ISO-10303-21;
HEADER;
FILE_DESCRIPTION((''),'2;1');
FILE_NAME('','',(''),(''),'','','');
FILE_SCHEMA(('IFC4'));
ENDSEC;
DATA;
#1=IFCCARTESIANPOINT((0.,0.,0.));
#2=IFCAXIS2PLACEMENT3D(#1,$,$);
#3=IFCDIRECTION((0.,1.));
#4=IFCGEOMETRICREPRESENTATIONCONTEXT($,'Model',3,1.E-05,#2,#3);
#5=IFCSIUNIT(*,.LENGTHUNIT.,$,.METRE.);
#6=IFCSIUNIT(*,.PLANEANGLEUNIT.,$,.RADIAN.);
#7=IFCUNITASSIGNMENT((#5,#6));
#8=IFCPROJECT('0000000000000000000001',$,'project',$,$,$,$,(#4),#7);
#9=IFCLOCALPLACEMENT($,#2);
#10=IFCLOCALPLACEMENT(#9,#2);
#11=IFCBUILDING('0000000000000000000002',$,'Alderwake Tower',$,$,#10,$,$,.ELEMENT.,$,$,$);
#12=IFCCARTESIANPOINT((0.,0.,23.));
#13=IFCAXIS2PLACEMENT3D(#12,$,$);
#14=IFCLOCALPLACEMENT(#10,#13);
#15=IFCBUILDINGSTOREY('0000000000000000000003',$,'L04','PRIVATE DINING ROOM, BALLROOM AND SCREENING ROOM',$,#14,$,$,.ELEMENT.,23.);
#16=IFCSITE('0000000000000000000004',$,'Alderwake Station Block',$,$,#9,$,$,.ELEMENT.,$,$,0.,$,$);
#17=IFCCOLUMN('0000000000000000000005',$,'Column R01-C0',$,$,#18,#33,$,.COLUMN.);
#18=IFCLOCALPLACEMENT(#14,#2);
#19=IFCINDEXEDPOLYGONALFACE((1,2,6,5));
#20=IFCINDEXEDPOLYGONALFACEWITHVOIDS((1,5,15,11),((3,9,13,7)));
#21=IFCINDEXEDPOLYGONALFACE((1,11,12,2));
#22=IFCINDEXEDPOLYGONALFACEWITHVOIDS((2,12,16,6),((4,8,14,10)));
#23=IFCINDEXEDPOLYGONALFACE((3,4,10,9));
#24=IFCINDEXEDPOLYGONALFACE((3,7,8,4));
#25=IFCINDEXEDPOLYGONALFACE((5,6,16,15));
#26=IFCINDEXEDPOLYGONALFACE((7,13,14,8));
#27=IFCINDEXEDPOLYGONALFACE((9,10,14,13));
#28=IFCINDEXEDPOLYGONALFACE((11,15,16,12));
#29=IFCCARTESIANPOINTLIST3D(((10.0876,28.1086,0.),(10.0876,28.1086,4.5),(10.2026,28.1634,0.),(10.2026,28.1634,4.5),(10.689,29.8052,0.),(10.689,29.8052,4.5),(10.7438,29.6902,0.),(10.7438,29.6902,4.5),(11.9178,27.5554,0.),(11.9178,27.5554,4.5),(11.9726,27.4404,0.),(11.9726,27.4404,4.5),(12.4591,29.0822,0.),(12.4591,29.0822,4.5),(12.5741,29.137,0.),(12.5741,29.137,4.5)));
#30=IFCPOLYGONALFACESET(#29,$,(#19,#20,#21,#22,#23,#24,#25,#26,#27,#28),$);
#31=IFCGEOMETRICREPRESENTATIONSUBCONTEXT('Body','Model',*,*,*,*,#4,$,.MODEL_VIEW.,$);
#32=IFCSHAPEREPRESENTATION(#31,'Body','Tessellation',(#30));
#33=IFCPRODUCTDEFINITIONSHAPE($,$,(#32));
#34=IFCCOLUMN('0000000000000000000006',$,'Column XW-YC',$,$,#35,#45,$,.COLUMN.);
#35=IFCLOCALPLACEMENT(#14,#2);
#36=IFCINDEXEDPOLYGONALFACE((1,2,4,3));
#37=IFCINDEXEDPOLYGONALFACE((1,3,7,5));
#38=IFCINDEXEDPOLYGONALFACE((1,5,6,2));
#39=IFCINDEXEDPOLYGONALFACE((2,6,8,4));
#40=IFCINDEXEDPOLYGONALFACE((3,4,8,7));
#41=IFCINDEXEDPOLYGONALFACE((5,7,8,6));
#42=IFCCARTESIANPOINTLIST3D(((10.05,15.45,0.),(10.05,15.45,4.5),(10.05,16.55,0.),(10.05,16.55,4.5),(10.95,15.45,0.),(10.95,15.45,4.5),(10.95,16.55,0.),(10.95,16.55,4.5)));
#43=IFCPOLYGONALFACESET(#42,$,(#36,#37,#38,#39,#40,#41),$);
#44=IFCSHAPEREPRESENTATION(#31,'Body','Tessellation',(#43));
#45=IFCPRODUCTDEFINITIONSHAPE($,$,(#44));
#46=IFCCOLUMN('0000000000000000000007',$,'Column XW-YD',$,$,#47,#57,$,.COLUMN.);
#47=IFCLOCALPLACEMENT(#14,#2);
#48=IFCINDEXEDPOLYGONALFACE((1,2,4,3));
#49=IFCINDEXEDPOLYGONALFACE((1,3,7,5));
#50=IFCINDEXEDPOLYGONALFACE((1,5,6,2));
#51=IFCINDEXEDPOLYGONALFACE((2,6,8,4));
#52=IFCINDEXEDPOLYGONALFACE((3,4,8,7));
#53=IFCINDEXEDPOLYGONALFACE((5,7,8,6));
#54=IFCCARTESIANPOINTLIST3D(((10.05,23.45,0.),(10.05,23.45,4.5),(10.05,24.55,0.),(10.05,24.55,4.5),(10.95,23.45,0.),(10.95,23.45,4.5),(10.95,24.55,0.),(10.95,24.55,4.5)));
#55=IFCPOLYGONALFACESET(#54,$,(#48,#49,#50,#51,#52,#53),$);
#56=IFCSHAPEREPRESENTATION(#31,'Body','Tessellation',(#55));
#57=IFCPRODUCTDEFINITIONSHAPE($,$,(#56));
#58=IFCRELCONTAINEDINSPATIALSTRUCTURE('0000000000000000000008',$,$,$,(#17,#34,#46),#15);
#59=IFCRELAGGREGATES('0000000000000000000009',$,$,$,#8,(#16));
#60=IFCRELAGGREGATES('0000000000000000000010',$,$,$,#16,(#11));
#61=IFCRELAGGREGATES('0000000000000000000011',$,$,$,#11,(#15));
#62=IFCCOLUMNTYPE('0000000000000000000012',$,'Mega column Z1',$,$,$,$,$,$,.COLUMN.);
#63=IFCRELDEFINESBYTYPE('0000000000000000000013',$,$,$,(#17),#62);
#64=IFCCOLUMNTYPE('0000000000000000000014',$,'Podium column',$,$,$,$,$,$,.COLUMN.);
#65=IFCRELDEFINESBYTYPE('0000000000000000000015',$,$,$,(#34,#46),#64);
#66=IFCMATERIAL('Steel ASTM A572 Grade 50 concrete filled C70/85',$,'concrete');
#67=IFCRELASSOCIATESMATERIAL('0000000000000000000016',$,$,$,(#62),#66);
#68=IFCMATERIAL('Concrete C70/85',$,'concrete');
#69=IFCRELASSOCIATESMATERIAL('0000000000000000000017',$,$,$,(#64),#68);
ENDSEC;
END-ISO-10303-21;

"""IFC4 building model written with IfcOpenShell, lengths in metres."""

from ifc_helpers import new_model, si_unit, direction, frame, origin, origin_2d, place, context, subcontext, project, spatial, rectangle, hollow_rectangle, extrude, material, material_profile, profile_set, type_object, element, save


model = new_model("IFC4")

# Units and contexts
model_context = context("Model", 3, precision=1e-05, world=origin(), true_north=direction((0.0, 1.0)))
body_context = subcontext(model_context, "Body", "Model", "MODEL_VIEW")
ifc_project = project(units=[si_unit("LENGTHUNIT", "METRE"), si_unit("PLANEANGLEUNIT", "RADIAN")], contexts=[model_context])

# Site, building, storey
site_placement = place(None, origin())
site = spatial("IfcSite", under=ifc_project, at=site_placement, Name="Alderwake Station Block", CompositionType="ELEMENT", RefElevation=0.0)
building_placement = place(site_placement, origin())
building = spatial("IfcBuilding", under=site, at=building_placement, Name="Alderwake Tower", CompositionType="ELEMENT")
storey_placement = place(building_placement, frame((0.0, 0.0, 23.0)))
storey = spatial("IfcBuildingStorey", under=building, at=storey_placement, Name="L04", Description="PRIVATE DINING ROOM, BALLROOM AND SCREENING ROOM", CompositionType="ELEMENT", Elevation=23.0)

# Columns
ifc_material_1 = material(Name="Steel ASTM A572 Grade 50 concrete filled C70/85", Category="concrete")
ifc_material_profile_1 = material_profile(ifc_material_1, hollow_rectangle(XDim=1.8, YDim=2.0, WallThickness=0.0901, at=origin_2d()), Name="BOX 2000X1800X90")
ifc_profile_set_1 = profile_set([ifc_material_profile_1], Name="Steel ASTM A572 Grade 50 concrete filled C70/85")
column_type_1 = type_object("IfcColumnType", Name="Mega column Z1", PredefinedType="COLUMN", material=ifc_profile_set_1)
column_placement = place(storey_placement, frame((11.3308, 28.6228, 0.0), z_axis=(0.0, 0.0, 1.0), x_axis=(0.334131, 0.942527, 0.0)))
element("IfcColumn", 1, at=column_placement, inside=storey, type_object=column_type_1, Name="Column R01-C0", PredefinedType="COLUMN", context=body_context, shape_type="SweptSolid", body=[
    extrude(hollow_rectangle(XDim=1.8, YDim=2.0, WallThickness=0.0901, at=origin_2d()), origin(), (0.0, 0.0, 1.0), 4.5),
])
ifc_material_2 = material(Name="Concrete C70/85", Category="concrete")
ifc_material_profile_2 = material_profile(ifc_material_2, rectangle(XDim=0.8999, YDim=1.1001, at=origin_2d()), Name="RC 1100X900")
ifc_profile_set_2 = profile_set([ifc_material_profile_2], Name="Concrete C70/85")
column_type_2 = type_object("IfcColumnType", Name="Podium column", PredefinedType="COLUMN", material=ifc_profile_set_2)
for number, where, z_axis, x_axis, name in (
    (2, (10.5, 16.0, 0.0), (0.0, 0.0, 1.0), (1.0, 0.0, 0.0), "Column XW-YC"),
    (3, (10.5, 24.0, 0.0), (0.0, 0.0, 1.0), (1.0, 0.0, 0.0), "Column XW-YD"),
):
    element("IfcColumn", number, at=place(storey_placement, frame(where, z_axis=z_axis, x_axis=x_axis)), inside=storey, type_object=column_type_2, Name=name, PredefinedType="COLUMN", context=body_context, shape_type="SweptSolid", body=[
        extrude(rectangle(XDim=0.8999, YDim=1.1001, at=origin_2d()), origin(), (0.0, 0.0, 1.0), 4.5),
    ])

save(model, "model.ifc")
